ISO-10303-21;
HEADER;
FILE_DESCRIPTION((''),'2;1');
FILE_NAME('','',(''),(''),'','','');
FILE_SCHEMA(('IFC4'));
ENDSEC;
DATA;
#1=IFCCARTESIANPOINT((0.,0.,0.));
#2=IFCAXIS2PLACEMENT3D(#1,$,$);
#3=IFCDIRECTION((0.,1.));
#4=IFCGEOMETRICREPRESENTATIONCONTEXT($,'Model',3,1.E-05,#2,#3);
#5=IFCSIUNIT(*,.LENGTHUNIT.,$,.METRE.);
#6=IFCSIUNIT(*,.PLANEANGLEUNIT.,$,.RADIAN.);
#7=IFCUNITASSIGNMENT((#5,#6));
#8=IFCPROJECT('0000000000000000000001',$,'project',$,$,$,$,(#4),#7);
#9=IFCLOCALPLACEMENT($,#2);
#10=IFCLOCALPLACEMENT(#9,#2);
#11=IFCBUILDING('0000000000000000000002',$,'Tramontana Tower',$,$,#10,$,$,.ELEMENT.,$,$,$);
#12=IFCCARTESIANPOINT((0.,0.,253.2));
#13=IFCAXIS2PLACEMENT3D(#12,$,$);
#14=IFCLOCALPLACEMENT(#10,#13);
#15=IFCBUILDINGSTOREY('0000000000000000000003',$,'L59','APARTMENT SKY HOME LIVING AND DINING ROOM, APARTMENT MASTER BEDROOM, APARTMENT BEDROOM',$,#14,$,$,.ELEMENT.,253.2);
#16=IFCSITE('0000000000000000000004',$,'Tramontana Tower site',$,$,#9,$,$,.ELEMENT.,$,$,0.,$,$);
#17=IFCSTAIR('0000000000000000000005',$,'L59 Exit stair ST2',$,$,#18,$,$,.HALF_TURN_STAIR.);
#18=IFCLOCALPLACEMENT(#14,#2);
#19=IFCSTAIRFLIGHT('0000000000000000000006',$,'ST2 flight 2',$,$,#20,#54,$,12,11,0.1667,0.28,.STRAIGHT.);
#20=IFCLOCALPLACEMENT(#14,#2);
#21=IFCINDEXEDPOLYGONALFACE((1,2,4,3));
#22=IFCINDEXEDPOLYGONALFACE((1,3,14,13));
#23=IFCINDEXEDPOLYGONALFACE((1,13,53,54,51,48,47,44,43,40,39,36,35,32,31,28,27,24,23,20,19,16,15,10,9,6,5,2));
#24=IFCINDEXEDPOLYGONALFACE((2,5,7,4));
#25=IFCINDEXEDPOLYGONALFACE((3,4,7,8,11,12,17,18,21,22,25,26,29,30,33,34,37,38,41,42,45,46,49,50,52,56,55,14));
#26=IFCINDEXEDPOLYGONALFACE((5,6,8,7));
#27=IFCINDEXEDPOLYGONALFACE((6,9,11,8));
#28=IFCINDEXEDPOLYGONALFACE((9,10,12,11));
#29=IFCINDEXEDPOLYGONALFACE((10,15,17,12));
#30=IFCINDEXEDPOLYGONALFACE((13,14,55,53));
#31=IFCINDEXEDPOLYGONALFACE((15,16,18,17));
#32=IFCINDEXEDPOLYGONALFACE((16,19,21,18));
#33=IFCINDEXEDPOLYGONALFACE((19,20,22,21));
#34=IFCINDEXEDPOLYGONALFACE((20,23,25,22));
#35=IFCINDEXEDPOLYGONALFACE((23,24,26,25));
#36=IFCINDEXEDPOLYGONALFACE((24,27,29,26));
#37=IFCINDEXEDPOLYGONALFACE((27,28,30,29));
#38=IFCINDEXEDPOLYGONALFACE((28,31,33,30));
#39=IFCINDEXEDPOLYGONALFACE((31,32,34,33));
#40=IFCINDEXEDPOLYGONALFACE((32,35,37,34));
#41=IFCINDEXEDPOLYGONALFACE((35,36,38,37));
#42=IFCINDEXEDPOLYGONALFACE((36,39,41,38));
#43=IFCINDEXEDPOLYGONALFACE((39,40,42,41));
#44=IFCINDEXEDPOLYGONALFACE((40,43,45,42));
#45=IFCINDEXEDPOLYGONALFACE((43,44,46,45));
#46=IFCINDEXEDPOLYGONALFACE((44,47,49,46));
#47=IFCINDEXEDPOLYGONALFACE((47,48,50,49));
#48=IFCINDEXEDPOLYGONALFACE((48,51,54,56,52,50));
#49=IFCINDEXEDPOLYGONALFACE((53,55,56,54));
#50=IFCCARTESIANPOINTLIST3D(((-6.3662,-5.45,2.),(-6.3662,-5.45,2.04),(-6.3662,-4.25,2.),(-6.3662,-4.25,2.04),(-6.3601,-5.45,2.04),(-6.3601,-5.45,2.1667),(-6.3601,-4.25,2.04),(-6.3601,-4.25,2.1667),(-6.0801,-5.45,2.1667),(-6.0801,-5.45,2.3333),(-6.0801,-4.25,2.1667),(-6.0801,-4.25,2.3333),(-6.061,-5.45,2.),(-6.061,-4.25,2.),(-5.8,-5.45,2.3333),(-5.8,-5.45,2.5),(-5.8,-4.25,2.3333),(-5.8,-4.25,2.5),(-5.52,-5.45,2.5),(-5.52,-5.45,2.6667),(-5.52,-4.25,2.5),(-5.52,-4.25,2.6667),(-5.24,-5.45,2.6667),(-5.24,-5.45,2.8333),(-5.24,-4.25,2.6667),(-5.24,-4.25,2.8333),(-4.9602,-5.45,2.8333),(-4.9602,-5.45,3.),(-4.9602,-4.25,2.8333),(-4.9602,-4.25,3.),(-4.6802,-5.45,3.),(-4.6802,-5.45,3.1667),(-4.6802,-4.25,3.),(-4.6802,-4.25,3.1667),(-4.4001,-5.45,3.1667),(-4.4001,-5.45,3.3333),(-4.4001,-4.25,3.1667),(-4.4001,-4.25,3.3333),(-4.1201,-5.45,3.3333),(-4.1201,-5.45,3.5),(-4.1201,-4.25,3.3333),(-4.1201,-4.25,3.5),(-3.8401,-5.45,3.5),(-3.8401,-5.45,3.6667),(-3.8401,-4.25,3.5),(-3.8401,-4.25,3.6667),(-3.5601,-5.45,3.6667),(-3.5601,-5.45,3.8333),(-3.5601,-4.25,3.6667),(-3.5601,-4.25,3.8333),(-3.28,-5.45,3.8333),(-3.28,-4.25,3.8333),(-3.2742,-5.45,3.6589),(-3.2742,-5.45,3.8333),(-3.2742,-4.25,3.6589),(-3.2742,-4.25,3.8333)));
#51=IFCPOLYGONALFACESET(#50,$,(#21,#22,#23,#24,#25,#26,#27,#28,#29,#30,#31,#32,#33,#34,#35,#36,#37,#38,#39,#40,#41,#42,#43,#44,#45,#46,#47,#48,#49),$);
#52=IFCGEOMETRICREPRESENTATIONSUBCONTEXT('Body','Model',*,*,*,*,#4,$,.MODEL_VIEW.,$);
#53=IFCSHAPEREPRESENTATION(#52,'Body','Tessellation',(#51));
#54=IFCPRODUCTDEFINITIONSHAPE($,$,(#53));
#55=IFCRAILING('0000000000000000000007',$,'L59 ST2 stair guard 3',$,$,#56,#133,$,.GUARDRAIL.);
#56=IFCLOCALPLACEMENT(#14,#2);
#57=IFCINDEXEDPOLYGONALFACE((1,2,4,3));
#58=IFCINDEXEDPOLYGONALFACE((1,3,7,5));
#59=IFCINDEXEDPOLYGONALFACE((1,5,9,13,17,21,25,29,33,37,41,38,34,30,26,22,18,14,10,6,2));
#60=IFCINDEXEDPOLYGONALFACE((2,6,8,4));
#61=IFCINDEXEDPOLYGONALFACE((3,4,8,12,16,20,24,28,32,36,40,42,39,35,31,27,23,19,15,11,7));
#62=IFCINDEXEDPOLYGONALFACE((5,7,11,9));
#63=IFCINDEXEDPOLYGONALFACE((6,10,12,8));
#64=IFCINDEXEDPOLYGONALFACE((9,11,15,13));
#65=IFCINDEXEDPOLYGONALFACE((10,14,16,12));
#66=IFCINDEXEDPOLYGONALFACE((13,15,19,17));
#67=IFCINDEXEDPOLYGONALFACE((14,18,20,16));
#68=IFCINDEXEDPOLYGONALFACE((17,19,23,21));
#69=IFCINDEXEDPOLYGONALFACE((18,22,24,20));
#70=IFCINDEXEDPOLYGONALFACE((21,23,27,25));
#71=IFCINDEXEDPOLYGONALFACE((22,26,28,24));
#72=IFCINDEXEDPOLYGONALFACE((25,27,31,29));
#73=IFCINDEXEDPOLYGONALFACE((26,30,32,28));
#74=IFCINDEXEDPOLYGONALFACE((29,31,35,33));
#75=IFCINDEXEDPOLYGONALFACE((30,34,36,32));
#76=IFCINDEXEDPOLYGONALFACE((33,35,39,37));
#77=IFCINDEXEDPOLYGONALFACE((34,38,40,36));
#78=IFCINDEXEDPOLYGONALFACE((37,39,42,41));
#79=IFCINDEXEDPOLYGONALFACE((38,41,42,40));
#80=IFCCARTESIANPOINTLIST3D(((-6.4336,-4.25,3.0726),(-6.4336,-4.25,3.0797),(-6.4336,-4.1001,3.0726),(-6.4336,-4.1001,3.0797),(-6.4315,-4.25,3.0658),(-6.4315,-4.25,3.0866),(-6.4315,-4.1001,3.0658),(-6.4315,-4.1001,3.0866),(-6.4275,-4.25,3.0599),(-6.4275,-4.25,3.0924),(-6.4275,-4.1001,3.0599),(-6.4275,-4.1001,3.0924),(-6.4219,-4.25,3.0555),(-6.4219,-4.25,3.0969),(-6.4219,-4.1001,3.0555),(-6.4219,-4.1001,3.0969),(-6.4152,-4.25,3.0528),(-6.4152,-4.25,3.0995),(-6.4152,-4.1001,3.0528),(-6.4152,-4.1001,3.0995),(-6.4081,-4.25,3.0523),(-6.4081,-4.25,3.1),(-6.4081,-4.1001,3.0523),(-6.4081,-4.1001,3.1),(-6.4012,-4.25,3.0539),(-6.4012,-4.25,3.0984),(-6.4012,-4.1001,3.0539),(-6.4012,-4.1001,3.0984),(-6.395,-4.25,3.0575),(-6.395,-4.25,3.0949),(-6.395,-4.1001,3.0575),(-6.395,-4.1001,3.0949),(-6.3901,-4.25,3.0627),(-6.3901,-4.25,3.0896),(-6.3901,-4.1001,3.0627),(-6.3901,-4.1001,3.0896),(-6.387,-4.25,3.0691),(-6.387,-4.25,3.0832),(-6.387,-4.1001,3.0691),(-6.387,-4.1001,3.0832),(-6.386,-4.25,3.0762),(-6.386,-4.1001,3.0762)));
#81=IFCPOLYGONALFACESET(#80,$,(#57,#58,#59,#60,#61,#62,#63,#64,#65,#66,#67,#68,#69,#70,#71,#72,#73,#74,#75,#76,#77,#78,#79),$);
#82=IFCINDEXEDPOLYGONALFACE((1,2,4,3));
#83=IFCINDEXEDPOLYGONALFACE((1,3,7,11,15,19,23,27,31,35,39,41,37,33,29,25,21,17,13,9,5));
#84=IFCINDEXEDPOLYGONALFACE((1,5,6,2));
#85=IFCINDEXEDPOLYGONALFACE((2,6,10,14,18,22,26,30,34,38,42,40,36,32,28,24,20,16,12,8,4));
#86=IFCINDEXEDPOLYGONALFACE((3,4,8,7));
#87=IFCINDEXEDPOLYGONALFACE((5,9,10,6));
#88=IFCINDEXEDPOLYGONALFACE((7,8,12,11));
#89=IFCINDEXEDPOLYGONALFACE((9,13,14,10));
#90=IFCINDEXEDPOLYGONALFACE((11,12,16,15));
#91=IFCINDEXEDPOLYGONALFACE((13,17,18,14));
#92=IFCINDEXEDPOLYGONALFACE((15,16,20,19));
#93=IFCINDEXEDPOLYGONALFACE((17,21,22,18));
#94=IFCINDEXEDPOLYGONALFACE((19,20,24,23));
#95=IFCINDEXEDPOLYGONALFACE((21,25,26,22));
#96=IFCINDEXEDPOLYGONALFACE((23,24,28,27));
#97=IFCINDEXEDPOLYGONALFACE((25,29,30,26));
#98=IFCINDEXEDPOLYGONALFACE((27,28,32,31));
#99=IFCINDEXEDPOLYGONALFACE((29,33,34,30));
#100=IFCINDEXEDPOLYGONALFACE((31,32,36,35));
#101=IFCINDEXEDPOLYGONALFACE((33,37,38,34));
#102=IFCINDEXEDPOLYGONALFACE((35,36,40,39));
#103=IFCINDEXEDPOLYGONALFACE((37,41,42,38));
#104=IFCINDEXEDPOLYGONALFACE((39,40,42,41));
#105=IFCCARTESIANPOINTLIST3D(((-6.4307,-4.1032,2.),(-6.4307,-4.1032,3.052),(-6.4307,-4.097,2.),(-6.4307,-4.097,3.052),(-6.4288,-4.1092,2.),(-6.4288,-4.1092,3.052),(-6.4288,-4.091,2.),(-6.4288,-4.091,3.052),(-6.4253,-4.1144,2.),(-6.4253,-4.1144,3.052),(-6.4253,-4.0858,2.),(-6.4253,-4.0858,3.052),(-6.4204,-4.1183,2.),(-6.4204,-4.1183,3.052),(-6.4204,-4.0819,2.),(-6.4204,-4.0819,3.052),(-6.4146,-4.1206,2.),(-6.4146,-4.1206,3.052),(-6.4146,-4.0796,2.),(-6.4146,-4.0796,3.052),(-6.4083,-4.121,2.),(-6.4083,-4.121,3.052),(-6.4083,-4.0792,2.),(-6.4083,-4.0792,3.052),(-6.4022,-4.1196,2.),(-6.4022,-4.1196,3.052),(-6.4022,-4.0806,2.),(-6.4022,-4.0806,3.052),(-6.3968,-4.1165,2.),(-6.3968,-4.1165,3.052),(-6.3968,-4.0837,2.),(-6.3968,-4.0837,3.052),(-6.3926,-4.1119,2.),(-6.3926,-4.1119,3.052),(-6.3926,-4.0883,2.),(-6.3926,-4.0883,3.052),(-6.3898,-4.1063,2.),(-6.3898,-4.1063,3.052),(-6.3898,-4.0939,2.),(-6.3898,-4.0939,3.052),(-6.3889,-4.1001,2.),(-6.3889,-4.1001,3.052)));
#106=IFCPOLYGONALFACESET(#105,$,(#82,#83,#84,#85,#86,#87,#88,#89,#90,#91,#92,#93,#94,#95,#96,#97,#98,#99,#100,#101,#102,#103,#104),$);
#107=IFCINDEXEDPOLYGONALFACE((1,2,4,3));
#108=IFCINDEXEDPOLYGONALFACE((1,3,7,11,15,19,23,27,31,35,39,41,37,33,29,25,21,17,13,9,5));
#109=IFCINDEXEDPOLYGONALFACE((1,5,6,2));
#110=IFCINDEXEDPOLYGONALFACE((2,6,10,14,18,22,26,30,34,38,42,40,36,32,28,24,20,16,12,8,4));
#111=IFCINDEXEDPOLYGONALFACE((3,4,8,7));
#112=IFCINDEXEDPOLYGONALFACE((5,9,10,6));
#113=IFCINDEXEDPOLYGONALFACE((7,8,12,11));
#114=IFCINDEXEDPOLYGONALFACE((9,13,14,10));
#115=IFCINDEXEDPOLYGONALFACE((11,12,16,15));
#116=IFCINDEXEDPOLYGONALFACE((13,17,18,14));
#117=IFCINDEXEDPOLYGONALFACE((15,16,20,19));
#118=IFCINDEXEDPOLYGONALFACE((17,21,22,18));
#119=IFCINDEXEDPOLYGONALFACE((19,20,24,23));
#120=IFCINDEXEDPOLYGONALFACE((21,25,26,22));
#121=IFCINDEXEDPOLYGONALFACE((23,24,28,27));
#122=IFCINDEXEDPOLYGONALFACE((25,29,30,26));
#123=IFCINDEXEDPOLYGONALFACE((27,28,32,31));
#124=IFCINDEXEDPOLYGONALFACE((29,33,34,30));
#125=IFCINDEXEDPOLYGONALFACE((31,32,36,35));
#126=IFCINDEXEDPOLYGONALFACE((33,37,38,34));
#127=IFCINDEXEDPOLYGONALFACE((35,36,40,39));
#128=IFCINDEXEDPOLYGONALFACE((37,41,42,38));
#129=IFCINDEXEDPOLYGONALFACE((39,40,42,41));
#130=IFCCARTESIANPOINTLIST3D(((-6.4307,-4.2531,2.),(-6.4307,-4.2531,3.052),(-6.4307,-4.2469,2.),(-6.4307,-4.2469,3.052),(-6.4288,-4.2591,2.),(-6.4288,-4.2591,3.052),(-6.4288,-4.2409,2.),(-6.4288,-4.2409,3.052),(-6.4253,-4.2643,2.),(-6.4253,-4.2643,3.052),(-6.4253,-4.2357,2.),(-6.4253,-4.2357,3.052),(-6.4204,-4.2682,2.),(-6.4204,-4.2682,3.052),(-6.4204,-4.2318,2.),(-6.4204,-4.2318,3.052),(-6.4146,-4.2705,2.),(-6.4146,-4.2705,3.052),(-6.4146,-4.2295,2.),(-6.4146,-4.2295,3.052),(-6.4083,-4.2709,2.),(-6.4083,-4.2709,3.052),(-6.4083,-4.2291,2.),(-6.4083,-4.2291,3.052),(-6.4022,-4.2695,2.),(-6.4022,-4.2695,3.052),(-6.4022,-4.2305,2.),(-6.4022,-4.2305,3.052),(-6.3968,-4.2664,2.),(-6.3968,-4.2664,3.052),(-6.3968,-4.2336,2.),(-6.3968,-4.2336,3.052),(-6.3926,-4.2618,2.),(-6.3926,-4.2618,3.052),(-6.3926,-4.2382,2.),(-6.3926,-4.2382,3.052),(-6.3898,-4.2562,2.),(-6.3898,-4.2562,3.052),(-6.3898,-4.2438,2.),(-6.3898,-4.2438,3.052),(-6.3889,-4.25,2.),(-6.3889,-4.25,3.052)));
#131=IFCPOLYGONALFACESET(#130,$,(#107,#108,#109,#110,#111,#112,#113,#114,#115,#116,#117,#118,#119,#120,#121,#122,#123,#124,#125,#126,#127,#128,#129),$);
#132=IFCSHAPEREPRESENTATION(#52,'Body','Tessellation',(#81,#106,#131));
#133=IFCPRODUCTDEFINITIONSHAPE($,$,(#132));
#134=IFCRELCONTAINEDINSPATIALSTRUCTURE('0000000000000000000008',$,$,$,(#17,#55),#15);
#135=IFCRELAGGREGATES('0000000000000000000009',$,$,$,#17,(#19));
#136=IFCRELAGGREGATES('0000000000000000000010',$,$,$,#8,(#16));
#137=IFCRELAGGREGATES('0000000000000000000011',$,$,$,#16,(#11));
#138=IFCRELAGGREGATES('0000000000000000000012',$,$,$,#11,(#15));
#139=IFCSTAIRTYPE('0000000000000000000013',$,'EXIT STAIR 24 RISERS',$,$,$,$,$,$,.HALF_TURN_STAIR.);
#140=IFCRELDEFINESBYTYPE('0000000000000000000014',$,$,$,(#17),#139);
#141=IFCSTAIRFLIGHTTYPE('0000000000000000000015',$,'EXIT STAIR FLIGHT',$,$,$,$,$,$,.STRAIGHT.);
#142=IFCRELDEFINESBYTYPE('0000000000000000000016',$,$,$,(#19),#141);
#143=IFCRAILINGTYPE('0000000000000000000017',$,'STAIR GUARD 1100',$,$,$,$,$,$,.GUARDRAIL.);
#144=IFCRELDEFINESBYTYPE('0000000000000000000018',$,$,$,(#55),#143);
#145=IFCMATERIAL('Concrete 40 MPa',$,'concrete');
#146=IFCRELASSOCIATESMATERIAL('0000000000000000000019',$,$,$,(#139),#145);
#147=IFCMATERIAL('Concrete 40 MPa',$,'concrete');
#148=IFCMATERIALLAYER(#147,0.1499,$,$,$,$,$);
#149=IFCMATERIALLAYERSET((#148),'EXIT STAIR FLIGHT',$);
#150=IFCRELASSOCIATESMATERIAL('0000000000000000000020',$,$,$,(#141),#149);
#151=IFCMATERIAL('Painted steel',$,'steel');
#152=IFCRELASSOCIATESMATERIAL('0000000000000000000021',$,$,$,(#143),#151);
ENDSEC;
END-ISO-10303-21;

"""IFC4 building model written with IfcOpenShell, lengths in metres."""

from ifc_helpers import new_model, si_unit, direction, frame, origin, origin_2d, place, context, subcontext, project, spatial, polyline, circle, outline, extrude, material, layer, layer_set, type_object, element, aggregate, save


model = new_model("IFC4")

# Units and contexts
model_context = context("Model", 3, precision=1e-05, world=origin(), true_north=direction((0.0, 1.0)))
body_context = subcontext(model_context, "Body", "Model", "MODEL_VIEW")
ifc_project = project(units=[si_unit("LENGTHUNIT", "METRE"), si_unit("PLANEANGLEUNIT", "RADIAN")], contexts=[model_context])

# Site, building, storey
site_placement = place(None, origin())
site = spatial("IfcSite", under=ifc_project, at=site_placement, Name="Tramontana Tower site", CompositionType="ELEMENT", RefElevation=0.0)
building_placement = place(site_placement, origin())
building = spatial("IfcBuilding", under=site, at=building_placement, Name="Tramontana Tower", CompositionType="ELEMENT")
storey_placement = place(building_placement, frame((0.0, 0.0, 253.2)))
storey = spatial("IfcBuildingStorey", under=building, at=storey_placement, Name="L59", Description="APARTMENT SKY HOME LIVING AND DINING ROOM, APARTMENT MASTER BEDROOM, APARTMENT BEDROOM", CompositionType="ELEMENT", Elevation=253.2)

# Stair, stair flight
ifc_material_1 = material(Name="Concrete 40 MPa", Category="concrete")
stair_type = type_object("IfcStairType", Name="EXIT STAIR 24 RISERS", PredefinedType="HALF_TURN_STAIR", material=ifc_material_1)
stair_placement = place(storey_placement, origin())
stair = element("IfcStair", 1, at=stair_placement, inside=storey, type_object=stair_type, Name="L59 Exit stair ST2", PredefinedType="HALF_TURN_STAIR")
ifc_material_2 = material(Name="Concrete 40 MPa", Category="concrete")
ifc_layer_1 = layer(ifc_material_2, 0.1499)
ifc_layer_set_1 = layer_set([ifc_layer_1], Name="EXIT STAIR FLIGHT")
stair_flight_type = type_object("IfcStairFlightType", Name="EXIT STAIR FLIGHT", PredefinedType="STRAIGHT", material=ifc_layer_set_1)
stair_flight_placement = place(storey_placement, frame((-6.3601, -4.8501, 2.0), z_axis=(0.0, 0.0, 1.0), x_axis=(1.0, 0.0, 0.0)))
stair_flight = element("IfcStairFlight", 2, at=stair_flight_placement, type_object=stair_flight_type, Name="ST2 flight 2", NumberOfRisers=12, NumberOfTreads=11, PredefinedType="STRAIGHT", RiserHeight=0.1667, TreadLength=0.28, context=body_context, shape_type="SweptSolid", body=[
    extrude(outline(polyline([(-0.0061, 0.0), (-0.0061, 0.04), (0.0, 0.04), (0.0, 0.1667), (0.28, 0.1667), (0.28, 0.3333), (0.5601, 0.3333), (0.5601, 0.5), (0.8401, 0.5), (0.8401, 0.6667), (1.1201, 0.6667), (1.1201, 0.8333), (1.3999, 0.8333), (1.3999, 1.0), (1.6799, 1.0), (1.6799, 1.1667), (1.96, 1.1667), (1.96, 1.3333), (2.24, 1.3333), (2.24, 1.5), (2.52, 1.5), (2.52, 1.6667), (2.8, 1.6667), (2.8, 1.8333), (3.0801, 1.8333), (3.0859, 1.8333), (3.0859, 1.6589), (0.2991, 0.0), (-0.0061, 0.0)])), frame((0.0, 0.6001, 0.0), z_axis=(0.0, -1.0, 0.0), x_axis=(1.0, 0.0, 0.0)), (0.0, 0.0, 1.0), 1.2),
])
aggregate(stair, [stair_flight])

# Railing
ifc_material_3 = material(Name="Painted steel", Category="steel")
railing_type_1 = type_object("IfcRailingType", Name="STAIR GUARD 1100", PredefinedType="GUARDRAIL", material=ifc_material_3)
railing_1_placement = place(storey_placement, frame((-6.4099, -4.1001, 2.0)))
element("IfcRailing", 3, at=railing_1_placement, inside=storey, type_object=railing_type_1, Name="L59 ST2 stair guard 3", PredefinedType="GUARDRAIL", context=body_context, shape_type="SweptSolid", body=[
    extrude(circle(Radius=0.0239, at=origin_2d()), frame((0.0, 0.0, 1.0762), z_axis=(0.0, -1.0, 0.0), x_axis=(1.0, 0.0, 0.0)), (0.0, 0.0, 1.0), 0.1499),
    extrude(circle(Radius=0.021, at=origin_2d()), origin(), (0.0, 0.0, 1.0), 1.052),
    extrude(circle(Radius=0.021, at=origin_2d()), frame((0.0, -0.1499, 0.0)), (0.0, 0.0, 1.0), 1.052),
])

save(model, "model.ifc")
